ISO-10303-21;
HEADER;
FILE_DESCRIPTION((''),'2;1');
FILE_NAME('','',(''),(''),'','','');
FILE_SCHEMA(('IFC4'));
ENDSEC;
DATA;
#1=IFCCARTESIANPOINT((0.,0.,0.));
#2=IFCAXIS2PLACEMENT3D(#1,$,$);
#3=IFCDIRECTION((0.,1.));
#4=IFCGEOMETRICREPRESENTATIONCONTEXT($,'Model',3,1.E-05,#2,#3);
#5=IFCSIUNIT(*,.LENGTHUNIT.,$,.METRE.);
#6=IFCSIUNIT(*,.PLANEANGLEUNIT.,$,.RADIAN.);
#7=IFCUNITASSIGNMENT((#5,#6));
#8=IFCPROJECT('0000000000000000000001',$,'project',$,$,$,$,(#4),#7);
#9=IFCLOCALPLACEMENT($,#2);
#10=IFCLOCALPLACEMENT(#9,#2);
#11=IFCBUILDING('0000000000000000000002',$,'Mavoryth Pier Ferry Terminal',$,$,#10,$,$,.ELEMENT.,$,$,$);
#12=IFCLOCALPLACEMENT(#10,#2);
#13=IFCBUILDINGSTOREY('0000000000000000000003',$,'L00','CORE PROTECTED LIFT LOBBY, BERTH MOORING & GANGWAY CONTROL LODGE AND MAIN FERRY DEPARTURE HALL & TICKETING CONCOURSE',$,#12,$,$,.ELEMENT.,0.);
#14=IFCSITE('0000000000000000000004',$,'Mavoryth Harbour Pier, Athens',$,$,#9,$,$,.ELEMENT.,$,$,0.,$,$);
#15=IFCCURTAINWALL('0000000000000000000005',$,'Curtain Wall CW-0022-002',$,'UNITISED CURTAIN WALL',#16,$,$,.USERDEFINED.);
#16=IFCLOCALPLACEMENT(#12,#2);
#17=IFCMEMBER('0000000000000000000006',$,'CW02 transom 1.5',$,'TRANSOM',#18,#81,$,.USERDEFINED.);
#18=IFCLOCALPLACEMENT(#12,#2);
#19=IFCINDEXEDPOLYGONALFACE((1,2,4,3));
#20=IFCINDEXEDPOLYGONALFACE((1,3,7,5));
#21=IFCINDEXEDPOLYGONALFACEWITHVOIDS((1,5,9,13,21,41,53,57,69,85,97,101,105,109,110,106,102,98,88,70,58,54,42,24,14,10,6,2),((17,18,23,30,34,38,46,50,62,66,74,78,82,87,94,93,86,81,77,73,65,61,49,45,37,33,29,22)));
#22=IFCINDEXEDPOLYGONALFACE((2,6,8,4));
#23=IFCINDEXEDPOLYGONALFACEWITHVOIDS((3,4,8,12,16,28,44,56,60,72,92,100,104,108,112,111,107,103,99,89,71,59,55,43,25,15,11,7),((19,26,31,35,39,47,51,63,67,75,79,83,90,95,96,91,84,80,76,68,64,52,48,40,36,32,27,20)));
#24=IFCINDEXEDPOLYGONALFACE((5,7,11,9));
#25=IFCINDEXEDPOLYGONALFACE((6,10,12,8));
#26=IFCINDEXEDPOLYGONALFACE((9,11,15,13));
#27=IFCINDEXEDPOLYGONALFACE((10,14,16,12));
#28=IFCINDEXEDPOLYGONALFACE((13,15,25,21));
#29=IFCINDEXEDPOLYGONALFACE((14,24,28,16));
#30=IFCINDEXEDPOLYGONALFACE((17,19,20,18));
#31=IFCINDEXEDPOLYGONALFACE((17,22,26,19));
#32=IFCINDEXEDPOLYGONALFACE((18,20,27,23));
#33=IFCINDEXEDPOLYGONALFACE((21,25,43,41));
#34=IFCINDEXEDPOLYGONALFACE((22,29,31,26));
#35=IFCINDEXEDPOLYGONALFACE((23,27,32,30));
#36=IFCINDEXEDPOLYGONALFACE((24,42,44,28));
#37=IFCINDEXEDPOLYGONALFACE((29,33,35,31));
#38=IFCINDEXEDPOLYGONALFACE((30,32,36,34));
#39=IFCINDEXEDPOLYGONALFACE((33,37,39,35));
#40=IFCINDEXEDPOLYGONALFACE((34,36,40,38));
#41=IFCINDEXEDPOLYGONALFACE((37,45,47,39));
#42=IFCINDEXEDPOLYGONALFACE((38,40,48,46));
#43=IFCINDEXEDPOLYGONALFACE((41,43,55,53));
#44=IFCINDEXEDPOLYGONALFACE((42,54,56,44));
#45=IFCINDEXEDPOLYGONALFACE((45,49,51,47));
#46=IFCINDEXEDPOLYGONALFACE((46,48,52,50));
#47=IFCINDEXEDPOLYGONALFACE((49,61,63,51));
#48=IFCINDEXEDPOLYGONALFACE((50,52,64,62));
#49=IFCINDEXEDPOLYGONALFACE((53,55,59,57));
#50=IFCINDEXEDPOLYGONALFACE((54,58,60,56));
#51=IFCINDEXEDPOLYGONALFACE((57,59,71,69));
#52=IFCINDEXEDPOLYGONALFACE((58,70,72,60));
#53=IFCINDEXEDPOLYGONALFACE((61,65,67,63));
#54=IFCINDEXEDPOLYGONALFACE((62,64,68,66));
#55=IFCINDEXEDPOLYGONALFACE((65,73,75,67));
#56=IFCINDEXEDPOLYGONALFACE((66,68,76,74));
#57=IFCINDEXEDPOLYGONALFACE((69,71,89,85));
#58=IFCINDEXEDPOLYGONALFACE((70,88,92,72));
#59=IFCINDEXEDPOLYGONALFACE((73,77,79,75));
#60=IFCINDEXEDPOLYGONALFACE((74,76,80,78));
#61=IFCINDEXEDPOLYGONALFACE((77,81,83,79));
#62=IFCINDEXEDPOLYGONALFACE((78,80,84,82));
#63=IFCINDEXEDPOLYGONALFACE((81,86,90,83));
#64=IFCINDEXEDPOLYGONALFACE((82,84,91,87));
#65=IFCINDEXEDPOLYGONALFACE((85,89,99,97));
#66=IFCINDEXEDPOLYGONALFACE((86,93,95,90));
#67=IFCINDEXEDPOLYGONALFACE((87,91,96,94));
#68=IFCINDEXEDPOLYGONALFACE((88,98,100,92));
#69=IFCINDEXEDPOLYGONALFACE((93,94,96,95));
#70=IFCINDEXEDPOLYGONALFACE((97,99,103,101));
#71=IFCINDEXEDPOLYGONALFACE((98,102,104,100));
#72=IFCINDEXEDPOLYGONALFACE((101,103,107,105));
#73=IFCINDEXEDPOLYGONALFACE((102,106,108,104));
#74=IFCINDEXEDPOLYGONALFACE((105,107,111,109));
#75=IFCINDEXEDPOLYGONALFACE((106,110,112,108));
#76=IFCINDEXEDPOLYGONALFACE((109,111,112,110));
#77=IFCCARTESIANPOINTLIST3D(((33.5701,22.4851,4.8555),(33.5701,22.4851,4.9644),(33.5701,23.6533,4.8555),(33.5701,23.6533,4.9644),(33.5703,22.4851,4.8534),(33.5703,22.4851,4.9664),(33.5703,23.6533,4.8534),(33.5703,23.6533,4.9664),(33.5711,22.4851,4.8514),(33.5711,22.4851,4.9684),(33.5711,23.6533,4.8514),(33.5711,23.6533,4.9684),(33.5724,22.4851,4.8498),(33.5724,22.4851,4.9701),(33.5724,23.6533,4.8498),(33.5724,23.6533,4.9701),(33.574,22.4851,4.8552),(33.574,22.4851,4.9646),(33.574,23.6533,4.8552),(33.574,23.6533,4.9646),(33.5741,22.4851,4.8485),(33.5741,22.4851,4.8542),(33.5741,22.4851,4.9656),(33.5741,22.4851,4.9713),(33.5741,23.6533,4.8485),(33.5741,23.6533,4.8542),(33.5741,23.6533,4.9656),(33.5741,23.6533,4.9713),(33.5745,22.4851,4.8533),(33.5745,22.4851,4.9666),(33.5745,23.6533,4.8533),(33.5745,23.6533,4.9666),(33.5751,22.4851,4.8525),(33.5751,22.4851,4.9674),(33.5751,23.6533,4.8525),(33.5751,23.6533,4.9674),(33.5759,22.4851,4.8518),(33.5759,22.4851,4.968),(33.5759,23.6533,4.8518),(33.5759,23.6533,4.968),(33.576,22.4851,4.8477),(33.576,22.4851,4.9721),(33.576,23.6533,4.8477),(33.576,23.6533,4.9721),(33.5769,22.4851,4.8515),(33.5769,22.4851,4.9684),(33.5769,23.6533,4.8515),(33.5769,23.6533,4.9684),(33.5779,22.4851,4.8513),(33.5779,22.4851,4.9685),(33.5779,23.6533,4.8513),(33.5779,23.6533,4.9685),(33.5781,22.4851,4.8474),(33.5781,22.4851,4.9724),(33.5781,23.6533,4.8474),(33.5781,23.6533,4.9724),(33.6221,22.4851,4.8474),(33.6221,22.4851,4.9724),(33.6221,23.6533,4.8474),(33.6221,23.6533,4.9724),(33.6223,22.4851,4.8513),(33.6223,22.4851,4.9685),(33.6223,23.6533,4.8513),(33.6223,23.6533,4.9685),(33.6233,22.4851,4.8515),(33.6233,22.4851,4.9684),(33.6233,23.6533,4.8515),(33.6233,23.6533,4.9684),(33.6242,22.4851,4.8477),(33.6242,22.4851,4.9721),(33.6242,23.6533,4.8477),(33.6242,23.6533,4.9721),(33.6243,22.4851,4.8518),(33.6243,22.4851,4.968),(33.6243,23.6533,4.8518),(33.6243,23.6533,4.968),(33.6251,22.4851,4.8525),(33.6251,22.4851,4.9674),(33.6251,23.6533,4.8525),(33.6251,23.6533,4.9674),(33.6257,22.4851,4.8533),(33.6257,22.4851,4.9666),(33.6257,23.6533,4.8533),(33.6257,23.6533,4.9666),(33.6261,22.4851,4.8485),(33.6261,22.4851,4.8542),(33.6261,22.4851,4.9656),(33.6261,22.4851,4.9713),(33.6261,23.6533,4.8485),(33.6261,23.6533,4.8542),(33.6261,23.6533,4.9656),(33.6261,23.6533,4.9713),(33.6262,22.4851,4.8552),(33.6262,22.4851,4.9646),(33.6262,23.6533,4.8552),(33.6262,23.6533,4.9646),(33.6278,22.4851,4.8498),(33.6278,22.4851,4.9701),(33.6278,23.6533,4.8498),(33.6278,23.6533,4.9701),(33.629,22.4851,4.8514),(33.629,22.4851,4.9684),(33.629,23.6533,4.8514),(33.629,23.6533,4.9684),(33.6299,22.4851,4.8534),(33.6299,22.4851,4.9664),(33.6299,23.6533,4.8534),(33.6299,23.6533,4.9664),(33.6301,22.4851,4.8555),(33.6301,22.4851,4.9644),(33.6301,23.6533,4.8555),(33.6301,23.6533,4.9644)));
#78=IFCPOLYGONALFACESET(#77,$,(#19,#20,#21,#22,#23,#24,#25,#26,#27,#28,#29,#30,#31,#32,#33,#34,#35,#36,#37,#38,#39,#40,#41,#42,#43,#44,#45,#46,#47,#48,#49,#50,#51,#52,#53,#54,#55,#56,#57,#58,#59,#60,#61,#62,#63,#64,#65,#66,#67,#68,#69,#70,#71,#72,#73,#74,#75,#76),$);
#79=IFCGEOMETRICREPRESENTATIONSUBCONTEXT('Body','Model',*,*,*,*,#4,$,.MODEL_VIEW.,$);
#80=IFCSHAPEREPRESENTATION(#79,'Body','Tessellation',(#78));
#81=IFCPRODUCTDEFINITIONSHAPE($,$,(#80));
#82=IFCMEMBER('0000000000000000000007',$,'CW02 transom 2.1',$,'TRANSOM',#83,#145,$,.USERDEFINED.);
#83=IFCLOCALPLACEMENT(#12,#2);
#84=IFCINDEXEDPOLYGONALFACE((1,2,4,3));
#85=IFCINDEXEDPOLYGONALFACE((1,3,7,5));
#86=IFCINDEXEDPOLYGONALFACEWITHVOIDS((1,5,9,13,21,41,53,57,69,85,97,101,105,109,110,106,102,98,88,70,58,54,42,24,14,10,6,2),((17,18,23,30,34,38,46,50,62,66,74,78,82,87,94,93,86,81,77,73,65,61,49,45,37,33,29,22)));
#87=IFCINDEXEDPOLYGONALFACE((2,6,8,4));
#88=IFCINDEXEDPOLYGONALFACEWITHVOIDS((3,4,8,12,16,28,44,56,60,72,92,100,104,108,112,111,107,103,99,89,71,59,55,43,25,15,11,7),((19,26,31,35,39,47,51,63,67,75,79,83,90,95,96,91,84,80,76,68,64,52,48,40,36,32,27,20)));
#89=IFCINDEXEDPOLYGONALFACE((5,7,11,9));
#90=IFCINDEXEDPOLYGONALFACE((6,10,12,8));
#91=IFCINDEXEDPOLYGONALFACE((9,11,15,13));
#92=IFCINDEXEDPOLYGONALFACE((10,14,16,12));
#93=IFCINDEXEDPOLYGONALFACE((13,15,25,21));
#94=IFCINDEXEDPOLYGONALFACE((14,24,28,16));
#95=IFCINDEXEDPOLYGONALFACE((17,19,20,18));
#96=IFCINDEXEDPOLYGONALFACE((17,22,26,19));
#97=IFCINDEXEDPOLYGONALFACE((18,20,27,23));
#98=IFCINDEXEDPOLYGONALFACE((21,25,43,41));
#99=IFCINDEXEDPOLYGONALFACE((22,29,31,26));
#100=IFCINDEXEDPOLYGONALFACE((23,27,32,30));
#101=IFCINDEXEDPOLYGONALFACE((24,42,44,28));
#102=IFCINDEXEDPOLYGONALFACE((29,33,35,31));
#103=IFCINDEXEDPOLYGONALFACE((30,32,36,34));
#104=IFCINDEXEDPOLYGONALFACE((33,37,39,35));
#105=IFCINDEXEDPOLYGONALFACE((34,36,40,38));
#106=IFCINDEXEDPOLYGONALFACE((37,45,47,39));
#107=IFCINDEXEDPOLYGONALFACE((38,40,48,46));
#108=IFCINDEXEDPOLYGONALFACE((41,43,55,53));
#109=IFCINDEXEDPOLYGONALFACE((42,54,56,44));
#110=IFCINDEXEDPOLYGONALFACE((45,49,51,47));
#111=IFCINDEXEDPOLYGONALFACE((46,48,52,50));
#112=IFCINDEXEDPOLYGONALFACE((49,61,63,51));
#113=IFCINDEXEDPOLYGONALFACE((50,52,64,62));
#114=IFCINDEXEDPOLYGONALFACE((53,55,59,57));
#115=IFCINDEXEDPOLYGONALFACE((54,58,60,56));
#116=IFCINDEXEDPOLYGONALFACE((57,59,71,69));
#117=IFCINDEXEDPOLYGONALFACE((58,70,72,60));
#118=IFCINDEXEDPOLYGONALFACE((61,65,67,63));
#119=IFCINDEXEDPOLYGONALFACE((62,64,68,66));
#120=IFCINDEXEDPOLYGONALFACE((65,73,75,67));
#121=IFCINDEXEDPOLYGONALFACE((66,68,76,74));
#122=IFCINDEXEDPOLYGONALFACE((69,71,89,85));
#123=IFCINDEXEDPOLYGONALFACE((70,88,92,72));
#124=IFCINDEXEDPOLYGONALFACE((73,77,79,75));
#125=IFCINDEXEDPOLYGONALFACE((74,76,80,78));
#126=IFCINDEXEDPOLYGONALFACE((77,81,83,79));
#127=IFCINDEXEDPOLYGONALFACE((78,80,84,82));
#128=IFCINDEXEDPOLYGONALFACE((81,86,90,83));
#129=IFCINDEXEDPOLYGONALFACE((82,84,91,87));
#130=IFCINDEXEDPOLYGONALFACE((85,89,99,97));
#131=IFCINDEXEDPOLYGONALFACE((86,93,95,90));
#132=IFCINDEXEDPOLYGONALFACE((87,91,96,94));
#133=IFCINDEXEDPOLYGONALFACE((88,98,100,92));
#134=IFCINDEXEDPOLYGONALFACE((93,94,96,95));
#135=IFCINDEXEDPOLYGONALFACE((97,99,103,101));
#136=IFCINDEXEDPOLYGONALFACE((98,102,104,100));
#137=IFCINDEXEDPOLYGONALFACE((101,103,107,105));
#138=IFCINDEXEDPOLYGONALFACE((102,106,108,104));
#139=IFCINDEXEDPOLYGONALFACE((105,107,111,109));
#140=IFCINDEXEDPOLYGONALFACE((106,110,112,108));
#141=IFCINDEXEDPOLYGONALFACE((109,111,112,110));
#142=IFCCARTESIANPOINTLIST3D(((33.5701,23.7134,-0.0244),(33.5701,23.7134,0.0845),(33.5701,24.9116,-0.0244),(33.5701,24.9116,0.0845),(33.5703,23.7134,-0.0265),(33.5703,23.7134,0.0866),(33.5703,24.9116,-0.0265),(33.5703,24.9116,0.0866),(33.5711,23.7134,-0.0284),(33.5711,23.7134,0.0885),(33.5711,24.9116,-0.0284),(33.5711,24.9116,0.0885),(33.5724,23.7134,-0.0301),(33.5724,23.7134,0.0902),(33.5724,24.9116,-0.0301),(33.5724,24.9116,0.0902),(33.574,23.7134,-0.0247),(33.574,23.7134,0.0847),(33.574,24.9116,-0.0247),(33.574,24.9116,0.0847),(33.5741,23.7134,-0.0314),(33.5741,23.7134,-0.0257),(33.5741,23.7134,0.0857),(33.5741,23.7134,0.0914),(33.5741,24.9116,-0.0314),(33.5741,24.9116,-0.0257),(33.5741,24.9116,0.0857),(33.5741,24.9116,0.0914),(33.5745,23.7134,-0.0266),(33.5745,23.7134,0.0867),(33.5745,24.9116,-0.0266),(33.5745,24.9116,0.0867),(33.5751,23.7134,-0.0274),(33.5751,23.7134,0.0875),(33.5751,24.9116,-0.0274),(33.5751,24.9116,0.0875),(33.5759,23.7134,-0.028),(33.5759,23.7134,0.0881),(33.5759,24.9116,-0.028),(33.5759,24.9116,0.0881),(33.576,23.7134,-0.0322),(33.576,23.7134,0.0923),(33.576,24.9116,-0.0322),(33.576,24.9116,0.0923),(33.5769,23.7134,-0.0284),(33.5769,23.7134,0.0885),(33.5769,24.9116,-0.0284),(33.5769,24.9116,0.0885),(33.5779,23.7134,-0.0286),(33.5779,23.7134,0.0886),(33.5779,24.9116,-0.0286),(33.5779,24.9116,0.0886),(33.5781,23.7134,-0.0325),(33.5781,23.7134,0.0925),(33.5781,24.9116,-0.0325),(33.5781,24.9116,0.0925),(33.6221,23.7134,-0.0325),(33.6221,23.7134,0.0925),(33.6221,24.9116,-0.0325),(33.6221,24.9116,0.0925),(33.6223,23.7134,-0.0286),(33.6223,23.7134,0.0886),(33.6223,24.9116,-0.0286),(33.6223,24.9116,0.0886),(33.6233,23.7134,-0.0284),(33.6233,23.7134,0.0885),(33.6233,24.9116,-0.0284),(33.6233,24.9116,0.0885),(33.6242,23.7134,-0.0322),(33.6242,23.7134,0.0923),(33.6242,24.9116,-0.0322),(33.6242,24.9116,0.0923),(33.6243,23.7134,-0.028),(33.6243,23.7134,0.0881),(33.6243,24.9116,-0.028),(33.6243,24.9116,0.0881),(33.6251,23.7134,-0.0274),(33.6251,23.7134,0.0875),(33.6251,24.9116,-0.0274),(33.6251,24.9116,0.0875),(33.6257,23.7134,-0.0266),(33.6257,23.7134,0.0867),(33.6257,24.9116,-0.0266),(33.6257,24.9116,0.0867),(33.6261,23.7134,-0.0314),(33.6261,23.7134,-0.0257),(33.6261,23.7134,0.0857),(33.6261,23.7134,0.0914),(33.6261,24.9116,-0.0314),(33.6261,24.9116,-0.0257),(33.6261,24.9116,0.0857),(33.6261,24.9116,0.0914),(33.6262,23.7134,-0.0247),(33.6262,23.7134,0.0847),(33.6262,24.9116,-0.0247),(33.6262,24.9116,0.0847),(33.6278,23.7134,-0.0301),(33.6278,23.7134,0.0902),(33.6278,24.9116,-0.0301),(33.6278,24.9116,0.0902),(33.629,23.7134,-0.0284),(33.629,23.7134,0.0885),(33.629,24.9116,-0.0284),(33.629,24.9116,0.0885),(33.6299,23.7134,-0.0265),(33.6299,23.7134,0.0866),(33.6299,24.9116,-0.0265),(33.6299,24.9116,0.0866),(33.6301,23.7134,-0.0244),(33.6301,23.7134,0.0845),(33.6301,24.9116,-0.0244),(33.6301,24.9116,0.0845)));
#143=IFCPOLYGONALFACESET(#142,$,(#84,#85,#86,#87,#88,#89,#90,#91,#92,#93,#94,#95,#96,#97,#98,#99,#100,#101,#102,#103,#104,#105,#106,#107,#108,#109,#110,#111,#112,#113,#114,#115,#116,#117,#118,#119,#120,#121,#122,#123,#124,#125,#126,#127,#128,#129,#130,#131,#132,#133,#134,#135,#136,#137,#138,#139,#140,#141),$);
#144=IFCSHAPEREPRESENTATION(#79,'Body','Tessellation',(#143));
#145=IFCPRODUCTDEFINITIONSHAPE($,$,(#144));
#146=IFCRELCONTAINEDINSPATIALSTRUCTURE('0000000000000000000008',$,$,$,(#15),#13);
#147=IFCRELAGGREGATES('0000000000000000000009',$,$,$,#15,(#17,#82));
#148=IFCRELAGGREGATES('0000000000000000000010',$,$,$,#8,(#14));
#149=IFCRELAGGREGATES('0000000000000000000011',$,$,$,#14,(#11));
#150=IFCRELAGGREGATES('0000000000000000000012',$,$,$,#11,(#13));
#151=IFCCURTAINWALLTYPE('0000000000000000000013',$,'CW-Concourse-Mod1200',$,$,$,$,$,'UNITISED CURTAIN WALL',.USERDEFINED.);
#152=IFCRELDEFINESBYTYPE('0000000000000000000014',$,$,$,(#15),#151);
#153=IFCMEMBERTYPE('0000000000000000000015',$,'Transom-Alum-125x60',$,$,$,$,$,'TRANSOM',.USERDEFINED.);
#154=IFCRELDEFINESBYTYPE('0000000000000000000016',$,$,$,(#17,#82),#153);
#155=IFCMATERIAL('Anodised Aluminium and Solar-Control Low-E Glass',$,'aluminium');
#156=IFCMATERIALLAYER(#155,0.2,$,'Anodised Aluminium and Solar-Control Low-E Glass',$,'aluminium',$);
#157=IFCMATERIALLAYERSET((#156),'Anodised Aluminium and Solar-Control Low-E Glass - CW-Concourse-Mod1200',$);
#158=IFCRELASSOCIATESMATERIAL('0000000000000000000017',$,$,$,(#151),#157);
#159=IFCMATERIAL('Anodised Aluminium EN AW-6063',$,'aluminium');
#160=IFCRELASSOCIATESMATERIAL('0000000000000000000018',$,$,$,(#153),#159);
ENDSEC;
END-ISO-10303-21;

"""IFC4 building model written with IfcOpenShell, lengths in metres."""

from ifc_helpers import new_model, si_unit, direction, frame, origin, origin_2d, place, context, subcontext, project, spatial, hollow_rectangle, extrude, material, layer, layer_set, material_profile, profile_set, type_object, element, aggregate, save


model = new_model("IFC4")

# Units and contexts
model_context = context("Model", 3, precision=1e-05, world=origin(), true_north=direction((0.0, 1.0)))
body_context = subcontext(model_context, "Body", "Model", "MODEL_VIEW")
ifc_project = project(units=[si_unit("LENGTHUNIT", "METRE"), si_unit("PLANEANGLEUNIT", "RADIAN")], contexts=[model_context])

# Site, building, storey
site_placement = place(None, origin())
site = spatial("IfcSite", under=ifc_project, at=site_placement, Name="Mavoryth Harbour Pier, Athens", CompositionType="ELEMENT", RefElevation=0.0)
building_placement = place(site_placement, origin())
building = spatial("IfcBuilding", under=site, at=building_placement, Name="Mavoryth Pier Ferry Terminal", CompositionType="ELEMENT")
storey_placement = place(building_placement, origin())
storey = spatial("IfcBuildingStorey", under=building, at=storey_placement, Name="L00", Description="CORE PROTECTED LIFT LOBBY, BERTH MOORING & GANGWAY CONTROL LODGE AND MAIN FERRY DEPARTURE HALL & TICKETING CONCOURSE", CompositionType="ELEMENT", Elevation=0.0)

# Curtain wall, members
ifc_material_1 = material(Name="Anodised Aluminium and Solar-Control Low-E Glass", Category="aluminium")
ifc_layer_1 = layer(ifc_material_1, 0.2, Name="Anodised Aluminium and Solar-Control Low-E Glass", Category="aluminium")
ifc_layer_set_1 = layer_set([ifc_layer_1], Name="Anodised Aluminium and Solar-Control Low-E Glass - CW-Concourse-Mod1200")
curtain_wall_type = type_object("IfcCurtainWallType", Name="CW-Concourse-Mod1200", ElementType="UNITISED CURTAIN WALL", PredefinedType="USERDEFINED", material=ifc_layer_set_1)
curtain_wall_placement = place(storey_placement, origin())
curtain_wall = element("IfcCurtainWall", 1, at=curtain_wall_placement, inside=storey, type_object=curtain_wall_type, Name="Curtain Wall CW-0022-002", ObjectType="UNITISED CURTAIN WALL", PredefinedType="USERDEFINED")
ifc_material_2 = material(Name="Anodised Aluminium EN AW-6063", Category="aluminium")
ifc_material_profile_1 = material_profile(ifc_material_2, hollow_rectangle(XDim=0.0601, YDim=0.125, WallThickness=0.0039, InnerFilletRadius=0.0039, OuterFilletRadius=0.0081, at=origin_2d()), Name="AL-TRAN 125x60x4", Category="aluminium")
ifc_profile_set_1 = profile_set([ifc_material_profile_1], Name="Anodised Aluminium EN AW-6063 - AL-TRAN 125x60x4")
member_type_1 = type_object("IfcMemberType", Name="Transom-Alum-125x60", ElementType="TRANSOM", PredefinedType="USERDEFINED", material=ifc_profile_set_1)
member_1_placement = place(storey_placement, frame((33.6001, 22.4851, 4.9099), z_axis=(0.0, 1.0, 0.0), x_axis=(-1.0, 0.0, 0.0)))
member_1 = element("IfcMember", 2, at=member_1_placement, type_object=member_type_1, Name="CW02 transom 1.5", ObjectType="TRANSOM", PredefinedType="USERDEFINED", context=body_context, shape_type="SweptSolid", body=[
    extrude(hollow_rectangle(XDim=0.0601, YDim=0.125, WallThickness=0.0039, InnerFilletRadius=0.0039, OuterFilletRadius=0.0081, at=origin_2d()), origin(), (0.0, 0.0, 1.0), 1.1682),
])
member_2_placement = place(storey_placement, frame((33.6001, 23.7134, 0.03), z_axis=(0.0, 1.0, 0.0), x_axis=(-1.0, 0.0, 0.0)))
member_2 = element("IfcMember", 3, at=member_2_placement, type_object=member_type_1, Name="CW02 transom 2.1", ObjectType="TRANSOM", PredefinedType="USERDEFINED", context=body_context, shape_type="SweptSolid", body=[
    extrude(hollow_rectangle(XDim=0.0601, YDim=0.125, WallThickness=0.0039, InnerFilletRadius=0.0039, OuterFilletRadius=0.0081, at=origin_2d()), origin(), (0.0, 0.0, 1.0), 1.1982),
])
aggregate(curtain_wall, [member_1, member_2])

save(model, "model.ifc")
